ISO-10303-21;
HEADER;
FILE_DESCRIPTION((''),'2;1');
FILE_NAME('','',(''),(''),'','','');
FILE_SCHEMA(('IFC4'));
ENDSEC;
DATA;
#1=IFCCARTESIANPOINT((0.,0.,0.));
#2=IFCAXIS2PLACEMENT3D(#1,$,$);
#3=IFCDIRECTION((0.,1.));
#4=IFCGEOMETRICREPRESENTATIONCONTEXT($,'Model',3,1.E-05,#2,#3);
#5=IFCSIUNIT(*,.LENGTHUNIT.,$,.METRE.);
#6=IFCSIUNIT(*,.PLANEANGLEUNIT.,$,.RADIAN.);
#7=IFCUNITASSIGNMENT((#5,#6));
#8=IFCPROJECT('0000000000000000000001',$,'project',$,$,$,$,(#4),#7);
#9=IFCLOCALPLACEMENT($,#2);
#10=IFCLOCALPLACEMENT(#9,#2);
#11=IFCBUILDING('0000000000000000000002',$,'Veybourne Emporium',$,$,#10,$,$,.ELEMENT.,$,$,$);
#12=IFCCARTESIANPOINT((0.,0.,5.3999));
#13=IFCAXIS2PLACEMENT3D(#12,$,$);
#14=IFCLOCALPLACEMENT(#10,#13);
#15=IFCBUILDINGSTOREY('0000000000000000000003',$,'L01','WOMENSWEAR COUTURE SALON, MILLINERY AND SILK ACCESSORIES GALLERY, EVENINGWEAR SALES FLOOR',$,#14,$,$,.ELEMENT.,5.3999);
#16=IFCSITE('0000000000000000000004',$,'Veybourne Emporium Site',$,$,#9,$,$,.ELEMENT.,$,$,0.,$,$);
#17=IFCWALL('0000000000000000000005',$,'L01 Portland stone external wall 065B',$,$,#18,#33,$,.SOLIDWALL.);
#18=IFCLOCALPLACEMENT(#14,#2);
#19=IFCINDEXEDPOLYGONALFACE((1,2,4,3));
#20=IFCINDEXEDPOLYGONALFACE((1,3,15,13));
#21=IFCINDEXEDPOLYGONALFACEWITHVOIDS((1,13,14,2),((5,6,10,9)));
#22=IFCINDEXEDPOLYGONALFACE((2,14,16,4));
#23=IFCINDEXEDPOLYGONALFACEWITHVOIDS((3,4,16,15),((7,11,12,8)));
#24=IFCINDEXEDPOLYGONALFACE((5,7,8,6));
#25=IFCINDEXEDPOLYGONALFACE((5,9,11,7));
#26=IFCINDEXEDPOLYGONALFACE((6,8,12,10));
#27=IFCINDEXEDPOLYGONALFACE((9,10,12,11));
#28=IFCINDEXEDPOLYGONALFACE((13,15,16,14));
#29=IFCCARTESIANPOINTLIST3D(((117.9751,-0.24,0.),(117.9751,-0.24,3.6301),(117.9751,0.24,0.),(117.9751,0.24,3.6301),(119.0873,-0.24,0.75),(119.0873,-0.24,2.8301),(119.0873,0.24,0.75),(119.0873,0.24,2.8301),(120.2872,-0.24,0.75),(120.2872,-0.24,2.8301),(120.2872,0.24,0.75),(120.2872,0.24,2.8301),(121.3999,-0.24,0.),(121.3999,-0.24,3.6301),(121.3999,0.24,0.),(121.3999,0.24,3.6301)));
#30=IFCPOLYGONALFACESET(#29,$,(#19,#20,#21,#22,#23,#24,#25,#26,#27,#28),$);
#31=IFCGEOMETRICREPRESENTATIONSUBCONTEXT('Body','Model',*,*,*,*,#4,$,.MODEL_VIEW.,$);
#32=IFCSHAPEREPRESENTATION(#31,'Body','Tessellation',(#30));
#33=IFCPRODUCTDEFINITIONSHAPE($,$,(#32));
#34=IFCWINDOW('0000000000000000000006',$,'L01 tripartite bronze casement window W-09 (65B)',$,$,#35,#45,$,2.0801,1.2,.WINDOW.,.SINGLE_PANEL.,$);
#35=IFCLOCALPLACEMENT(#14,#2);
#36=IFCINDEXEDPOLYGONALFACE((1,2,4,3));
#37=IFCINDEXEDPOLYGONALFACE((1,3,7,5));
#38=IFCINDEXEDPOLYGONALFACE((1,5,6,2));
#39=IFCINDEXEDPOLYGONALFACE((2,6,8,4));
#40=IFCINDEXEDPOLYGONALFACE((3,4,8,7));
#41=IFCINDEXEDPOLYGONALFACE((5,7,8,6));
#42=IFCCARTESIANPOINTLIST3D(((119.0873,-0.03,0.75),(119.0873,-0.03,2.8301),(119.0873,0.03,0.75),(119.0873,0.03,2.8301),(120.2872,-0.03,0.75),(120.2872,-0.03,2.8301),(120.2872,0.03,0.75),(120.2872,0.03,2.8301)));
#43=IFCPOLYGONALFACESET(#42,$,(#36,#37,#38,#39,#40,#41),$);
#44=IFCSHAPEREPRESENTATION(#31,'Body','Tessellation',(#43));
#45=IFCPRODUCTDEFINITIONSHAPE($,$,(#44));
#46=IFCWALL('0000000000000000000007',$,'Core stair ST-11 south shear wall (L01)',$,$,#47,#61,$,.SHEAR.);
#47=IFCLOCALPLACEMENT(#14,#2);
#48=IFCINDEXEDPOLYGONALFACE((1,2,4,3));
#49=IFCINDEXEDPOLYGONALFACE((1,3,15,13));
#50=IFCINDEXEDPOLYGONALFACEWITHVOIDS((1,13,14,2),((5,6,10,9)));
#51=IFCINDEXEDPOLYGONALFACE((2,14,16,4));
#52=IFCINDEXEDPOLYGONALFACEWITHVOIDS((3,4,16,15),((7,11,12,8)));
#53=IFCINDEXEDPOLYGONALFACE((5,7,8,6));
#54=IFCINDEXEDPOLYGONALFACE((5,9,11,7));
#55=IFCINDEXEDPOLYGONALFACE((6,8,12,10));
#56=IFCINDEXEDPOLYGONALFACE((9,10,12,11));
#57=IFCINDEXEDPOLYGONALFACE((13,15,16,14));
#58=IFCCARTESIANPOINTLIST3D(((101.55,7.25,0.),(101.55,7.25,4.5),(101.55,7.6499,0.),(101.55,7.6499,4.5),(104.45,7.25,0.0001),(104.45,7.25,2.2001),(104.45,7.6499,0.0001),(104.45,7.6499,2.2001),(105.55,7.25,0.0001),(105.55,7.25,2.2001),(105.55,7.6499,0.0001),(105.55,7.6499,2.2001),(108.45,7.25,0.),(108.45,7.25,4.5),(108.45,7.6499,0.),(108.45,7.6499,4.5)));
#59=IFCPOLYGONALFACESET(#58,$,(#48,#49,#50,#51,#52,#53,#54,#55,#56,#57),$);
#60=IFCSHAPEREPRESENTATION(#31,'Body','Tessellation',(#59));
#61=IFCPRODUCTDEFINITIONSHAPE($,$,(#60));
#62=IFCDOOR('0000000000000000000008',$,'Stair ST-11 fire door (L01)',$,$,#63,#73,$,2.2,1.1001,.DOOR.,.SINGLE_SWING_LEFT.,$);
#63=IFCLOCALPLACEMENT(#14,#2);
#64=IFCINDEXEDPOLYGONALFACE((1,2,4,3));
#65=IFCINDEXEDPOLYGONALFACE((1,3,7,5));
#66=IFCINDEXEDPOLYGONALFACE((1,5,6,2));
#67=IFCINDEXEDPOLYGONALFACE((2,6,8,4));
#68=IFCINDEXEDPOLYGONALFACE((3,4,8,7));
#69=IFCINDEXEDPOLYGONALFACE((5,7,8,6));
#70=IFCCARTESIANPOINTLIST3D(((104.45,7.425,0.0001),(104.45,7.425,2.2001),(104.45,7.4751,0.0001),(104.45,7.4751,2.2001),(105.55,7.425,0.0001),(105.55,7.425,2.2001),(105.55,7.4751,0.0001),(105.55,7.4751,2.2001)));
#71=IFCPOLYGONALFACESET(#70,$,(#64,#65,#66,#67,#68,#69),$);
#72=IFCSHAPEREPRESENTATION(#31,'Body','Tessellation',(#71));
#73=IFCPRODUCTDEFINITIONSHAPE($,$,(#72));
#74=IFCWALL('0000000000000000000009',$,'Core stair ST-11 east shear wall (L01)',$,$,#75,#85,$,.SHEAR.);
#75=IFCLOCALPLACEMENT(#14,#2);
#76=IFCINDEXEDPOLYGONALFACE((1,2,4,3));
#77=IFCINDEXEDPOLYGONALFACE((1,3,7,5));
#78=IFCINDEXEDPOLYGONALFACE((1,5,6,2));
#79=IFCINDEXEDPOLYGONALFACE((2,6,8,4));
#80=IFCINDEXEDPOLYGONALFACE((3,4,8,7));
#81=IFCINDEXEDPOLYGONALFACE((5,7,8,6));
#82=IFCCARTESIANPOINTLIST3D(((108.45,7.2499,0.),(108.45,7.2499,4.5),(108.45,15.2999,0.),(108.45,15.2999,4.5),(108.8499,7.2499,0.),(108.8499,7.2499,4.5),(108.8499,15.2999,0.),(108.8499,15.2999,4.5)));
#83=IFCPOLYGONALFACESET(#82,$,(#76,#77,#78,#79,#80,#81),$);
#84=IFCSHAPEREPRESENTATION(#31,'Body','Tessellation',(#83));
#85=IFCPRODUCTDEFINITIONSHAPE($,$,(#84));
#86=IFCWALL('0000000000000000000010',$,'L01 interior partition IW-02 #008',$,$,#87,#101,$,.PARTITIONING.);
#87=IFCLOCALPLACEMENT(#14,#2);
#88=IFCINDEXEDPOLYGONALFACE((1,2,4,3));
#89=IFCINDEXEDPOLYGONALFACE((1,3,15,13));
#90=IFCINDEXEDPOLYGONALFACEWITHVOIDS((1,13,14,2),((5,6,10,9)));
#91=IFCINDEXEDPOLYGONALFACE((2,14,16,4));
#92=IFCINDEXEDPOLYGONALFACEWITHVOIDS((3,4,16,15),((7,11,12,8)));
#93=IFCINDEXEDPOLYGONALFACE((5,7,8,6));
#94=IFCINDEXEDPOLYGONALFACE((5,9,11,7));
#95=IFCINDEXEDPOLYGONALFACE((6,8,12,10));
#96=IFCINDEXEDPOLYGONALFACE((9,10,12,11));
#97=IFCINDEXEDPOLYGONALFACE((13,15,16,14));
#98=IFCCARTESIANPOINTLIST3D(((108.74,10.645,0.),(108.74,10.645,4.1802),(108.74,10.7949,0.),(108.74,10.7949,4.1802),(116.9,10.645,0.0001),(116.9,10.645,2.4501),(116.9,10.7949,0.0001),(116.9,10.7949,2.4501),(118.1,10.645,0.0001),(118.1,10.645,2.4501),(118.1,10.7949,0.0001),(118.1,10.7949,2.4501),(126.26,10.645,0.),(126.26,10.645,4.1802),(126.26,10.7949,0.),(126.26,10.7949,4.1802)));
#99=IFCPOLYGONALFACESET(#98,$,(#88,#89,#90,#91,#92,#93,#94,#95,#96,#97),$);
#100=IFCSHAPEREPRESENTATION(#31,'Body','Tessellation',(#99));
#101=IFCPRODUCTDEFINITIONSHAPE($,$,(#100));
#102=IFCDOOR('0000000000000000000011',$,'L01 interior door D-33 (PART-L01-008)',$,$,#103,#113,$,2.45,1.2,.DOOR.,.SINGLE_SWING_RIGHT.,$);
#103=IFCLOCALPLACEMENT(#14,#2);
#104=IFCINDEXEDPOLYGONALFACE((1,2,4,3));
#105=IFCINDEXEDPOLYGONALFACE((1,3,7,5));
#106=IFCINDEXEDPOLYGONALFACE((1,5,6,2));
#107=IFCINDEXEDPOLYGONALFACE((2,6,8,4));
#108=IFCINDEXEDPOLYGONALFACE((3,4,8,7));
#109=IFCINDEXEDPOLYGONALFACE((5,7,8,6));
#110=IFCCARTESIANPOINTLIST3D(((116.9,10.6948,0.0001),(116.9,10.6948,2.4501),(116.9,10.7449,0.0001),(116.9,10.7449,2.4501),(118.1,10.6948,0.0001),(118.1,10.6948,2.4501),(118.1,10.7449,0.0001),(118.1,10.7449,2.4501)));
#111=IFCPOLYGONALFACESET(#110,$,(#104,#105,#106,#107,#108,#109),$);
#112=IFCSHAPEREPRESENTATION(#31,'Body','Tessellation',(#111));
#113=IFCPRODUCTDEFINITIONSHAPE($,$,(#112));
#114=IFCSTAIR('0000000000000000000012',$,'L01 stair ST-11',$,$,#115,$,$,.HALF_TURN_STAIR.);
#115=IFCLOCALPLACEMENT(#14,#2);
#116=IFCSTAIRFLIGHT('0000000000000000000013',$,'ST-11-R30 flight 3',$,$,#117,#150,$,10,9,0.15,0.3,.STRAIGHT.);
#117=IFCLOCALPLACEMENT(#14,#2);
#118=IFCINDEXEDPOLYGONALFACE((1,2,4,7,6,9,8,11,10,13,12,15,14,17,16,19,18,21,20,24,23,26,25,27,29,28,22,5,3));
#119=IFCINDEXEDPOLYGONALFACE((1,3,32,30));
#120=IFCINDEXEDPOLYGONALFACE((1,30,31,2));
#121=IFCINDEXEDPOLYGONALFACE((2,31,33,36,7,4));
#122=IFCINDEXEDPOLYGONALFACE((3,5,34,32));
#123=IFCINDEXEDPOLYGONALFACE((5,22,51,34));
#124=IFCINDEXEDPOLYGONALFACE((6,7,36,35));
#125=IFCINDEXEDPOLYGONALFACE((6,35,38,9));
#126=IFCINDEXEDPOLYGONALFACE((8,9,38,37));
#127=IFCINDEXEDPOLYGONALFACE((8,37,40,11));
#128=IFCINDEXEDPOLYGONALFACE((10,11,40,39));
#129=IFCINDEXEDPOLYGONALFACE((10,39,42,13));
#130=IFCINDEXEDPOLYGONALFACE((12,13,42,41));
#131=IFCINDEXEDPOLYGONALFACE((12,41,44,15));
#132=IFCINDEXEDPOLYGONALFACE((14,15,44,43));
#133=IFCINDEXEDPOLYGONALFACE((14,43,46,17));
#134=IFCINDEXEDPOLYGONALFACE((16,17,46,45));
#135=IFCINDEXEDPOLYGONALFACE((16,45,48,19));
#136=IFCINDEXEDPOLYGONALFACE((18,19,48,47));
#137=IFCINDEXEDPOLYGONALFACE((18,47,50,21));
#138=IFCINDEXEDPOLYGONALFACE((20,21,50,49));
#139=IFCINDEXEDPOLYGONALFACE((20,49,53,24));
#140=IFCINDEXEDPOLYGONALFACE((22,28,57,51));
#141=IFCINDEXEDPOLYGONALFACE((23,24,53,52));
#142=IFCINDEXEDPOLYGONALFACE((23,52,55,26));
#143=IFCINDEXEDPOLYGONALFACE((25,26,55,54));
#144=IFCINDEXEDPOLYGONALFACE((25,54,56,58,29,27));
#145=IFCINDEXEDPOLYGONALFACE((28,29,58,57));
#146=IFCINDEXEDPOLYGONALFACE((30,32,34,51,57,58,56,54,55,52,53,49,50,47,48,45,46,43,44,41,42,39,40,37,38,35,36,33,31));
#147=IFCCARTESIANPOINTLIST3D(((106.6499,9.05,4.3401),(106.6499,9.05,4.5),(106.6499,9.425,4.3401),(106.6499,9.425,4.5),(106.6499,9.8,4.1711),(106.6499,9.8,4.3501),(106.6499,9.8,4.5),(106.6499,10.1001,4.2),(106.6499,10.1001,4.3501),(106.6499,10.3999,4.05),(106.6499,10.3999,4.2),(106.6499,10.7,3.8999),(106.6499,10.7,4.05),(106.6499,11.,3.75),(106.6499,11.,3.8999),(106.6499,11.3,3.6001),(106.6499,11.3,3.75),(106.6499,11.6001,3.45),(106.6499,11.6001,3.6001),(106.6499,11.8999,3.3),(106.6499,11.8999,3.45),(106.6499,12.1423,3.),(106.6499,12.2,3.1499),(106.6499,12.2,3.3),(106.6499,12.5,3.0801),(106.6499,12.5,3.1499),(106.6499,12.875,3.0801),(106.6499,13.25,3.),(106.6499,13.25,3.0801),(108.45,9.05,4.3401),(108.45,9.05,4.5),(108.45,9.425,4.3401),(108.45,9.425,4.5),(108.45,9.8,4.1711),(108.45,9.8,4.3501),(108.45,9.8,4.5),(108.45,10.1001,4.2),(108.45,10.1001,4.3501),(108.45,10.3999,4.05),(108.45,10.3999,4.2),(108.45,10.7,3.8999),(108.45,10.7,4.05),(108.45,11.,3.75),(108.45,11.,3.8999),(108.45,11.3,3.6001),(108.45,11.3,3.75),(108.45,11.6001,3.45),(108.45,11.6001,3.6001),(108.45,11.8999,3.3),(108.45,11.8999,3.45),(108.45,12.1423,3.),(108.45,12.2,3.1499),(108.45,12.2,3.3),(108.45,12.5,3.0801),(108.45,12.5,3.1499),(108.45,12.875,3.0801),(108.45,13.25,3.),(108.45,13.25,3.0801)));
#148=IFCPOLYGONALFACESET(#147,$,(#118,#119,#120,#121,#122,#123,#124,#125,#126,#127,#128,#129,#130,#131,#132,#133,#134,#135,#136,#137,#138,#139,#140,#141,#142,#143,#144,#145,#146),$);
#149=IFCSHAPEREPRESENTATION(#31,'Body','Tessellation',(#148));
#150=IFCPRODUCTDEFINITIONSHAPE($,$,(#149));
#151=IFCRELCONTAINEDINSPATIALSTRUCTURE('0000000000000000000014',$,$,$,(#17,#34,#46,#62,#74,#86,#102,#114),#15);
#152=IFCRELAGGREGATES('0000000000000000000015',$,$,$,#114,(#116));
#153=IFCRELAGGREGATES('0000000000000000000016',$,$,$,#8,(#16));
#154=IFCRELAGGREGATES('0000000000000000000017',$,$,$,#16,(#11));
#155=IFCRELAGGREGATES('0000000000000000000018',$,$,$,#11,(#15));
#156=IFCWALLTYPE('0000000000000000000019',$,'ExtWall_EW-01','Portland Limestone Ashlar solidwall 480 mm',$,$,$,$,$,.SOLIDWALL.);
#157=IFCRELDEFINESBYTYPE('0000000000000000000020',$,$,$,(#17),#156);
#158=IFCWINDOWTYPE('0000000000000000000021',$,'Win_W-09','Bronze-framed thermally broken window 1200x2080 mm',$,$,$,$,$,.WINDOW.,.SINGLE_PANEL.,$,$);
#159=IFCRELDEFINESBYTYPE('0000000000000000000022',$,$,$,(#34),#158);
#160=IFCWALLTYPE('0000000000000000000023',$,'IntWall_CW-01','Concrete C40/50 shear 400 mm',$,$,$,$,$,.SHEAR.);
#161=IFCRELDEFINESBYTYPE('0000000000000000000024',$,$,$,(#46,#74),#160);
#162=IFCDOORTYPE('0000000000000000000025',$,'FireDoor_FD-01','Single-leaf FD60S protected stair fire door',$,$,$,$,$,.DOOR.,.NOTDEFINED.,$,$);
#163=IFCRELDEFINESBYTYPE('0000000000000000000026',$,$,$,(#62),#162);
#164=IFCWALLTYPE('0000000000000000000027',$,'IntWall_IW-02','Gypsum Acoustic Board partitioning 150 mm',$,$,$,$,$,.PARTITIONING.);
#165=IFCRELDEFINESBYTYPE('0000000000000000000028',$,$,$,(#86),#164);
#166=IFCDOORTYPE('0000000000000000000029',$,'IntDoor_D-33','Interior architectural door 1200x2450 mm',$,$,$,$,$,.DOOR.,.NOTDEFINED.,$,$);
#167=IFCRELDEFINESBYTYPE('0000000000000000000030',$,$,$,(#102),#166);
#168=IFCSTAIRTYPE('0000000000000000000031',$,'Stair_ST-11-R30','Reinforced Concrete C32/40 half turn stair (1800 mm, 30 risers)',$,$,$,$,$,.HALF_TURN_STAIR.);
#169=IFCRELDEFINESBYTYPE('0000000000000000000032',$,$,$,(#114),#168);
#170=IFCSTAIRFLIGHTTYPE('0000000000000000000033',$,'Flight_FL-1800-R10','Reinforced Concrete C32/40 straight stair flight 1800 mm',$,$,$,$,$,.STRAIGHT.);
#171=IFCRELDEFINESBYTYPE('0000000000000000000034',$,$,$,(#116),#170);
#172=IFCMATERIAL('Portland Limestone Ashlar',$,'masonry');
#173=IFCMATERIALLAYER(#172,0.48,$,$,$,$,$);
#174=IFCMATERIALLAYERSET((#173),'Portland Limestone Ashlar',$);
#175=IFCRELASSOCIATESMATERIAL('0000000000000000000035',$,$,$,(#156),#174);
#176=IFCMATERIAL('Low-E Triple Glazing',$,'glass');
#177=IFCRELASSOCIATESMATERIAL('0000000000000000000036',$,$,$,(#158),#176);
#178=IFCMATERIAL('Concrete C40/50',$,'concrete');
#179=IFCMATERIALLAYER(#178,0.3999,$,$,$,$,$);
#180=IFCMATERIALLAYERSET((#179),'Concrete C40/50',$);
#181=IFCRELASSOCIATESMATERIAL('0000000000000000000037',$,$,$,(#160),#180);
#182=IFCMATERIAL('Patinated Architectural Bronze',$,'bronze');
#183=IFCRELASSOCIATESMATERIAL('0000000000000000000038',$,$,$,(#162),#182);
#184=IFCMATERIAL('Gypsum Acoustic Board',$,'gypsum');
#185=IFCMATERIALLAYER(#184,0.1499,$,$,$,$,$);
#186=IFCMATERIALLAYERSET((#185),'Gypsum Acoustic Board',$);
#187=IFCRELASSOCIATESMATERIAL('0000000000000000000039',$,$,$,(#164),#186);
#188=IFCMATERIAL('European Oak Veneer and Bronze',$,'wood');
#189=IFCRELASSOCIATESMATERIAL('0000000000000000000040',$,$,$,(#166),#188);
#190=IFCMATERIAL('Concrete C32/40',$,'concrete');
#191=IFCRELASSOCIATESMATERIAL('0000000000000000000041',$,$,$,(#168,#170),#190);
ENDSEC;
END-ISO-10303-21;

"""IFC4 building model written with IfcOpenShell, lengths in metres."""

from ifc_helpers import new_model, si_unit, direction, frame, frame_2d, origin, place, context, subcontext, project, spatial, polyline, rectangle, outline, extrude, material, layer, layer_set, type_object, element, fill, aggregate, save


model = new_model("IFC4")

# Units and contexts
model_context = context("Model", 3, precision=1e-05, world=origin(), true_north=direction((0.0, 1.0)))
body_context = subcontext(model_context, "Body", "Model", "MODEL_VIEW")
ifc_project = project(units=[si_unit("LENGTHUNIT", "METRE"), si_unit("PLANEANGLEUNIT", "RADIAN")], contexts=[model_context])

# Site, building, storey
site_placement = place(None, origin())
site = spatial("IfcSite", under=ifc_project, at=site_placement, Name="Veybourne Emporium Site", CompositionType="ELEMENT", RefElevation=0.0)
building_placement = place(site_placement, origin())
building = spatial("IfcBuilding", under=site, at=building_placement, Name="Veybourne Emporium", CompositionType="ELEMENT")
storey_placement = place(building_placement, frame((0.0, 0.0, 5.3999)))
storey = spatial("IfcBuildingStorey", under=building, at=storey_placement, Name="L01", Description="WOMENSWEAR COUTURE SALON, MILLINERY AND SILK ACCESSORIES GALLERY, EVENINGWEAR SALES FLOOR", CompositionType="ELEMENT", Elevation=5.3999)

# Shared definitions
ifc_material_1 = material(Name="Concrete C40/50", Category="concrete")

# Shared definitions
ifc_material_2 = material(Name="Concrete C32/40", Category="concrete")

# Wall, opening, window
ifc_material_3 = material(Name="Portland Limestone Ashlar", Category="masonry")
ifc_layer_1 = layer(ifc_material_3, 0.48)
ifc_layer_set_1 = layer_set([ifc_layer_1], Name="Portland Limestone Ashlar")
wall_type_1 = type_object("IfcWallType", Name="ExtWall_EW-01", Description="Portland Limestone Ashlar solidwall 480 mm", PredefinedType="SOLIDWALL", material=ifc_layer_set_1)
ifc_material_4 = material(Name="Low-E Triple Glazing", Category="glass")
wall_1_placement = place(storey_placement, frame((121.3999, 0.0, 0.0), z_axis=(0.0, 0.0, 1.0), x_axis=(-1.0, 0.0, 0.0)))
wall_1 = element("IfcWall", 1, at=wall_1_placement, inside=storey, type_object=wall_type_1, Name="L01 Portland stone external wall 065B", PredefinedType="SOLIDWALL", context=body_context, shape_type="SweptSolid", body=[
    extrude(rectangle(XDim=3.4248, YDim=0.48, at=frame_2d((1.7124, 0.0))), origin(), (0.0, 0.0, 1.0), 3.6301),
])
opening_1_placement = place(wall_1_placement, frame((1.1125, 0.0, 0.75)))
opening_1 = element("IfcOpeningElement", 2, at=opening_1_placement, cuts=wall_1, PredefinedType="OPENING", context=body_context, shape_type="SweptSolid", body=[
    extrude(rectangle(XDim=1.2, YDim=2.0801, at=frame_2d((0.6001, 1.04))), frame((0.0, 0.26, 0.0), z_axis=(0.0, -1.0, 0.0), x_axis=(1.0, 0.0, 0.0)), (0.0, 0.0, 1.0), 0.52),
])
window_type_1 = type_object("IfcWindowType", Name="Win_W-09", Description="Bronze-framed thermally broken window 1200x2080 mm", PartitioningType="SINGLE_PANEL", PredefinedType="WINDOW", material=ifc_material_4)
window_1_placement = place(opening_1_placement, origin())
window_1 = element("IfcWindow", 3, at=window_1_placement, inside=storey, type_object=window_type_1, Name="L01 tripartite bronze casement window W-09 (65B)", OverallHeight=2.0801, OverallWidth=1.2, PartitioningType="SINGLE_PANEL", PredefinedType="WINDOW", context=body_context, shape_type="SweptSolid", body=[
    extrude(rectangle(XDim=1.2, YDim=2.0801, at=frame_2d((0.6001, 1.04))), frame((0.0, 0.03, 0.0), z_axis=(0.0, -1.0, 0.0), x_axis=(1.0, 0.0, 0.0)), (0.0, 0.0, 1.0), 0.0601),
])
fill(opening_1, window_1)

# Wall, opening, door
ifc_layer_2 = layer(ifc_material_1, 0.3999)
ifc_layer_set_2 = layer_set([ifc_layer_2], Name="Concrete C40/50")
wall_type_2 = type_object("IfcWallType", Name="IntWall_CW-01", Description="Concrete C40/50 shear 400 mm", PredefinedType="SHEAR", material=ifc_layer_set_2)
wall_2_placement = place(storey_placement, frame((108.45, 7.45, 0.0), z_axis=(0.0, 0.0, 1.0), x_axis=(-1.0, 0.0, 0.0)))
wall_2 = element("IfcWall", 4, at=wall_2_placement, inside=storey, type_object=wall_type_2, Name="Core stair ST-11 south shear wall (L01)", PredefinedType="SHEAR", context=body_context, shape_type="SweptSolid", body=[
    extrude(rectangle(XDim=6.8999, YDim=0.3999, at=frame_2d((3.45, 0.0))), origin(), (0.0, 0.0, 1.0), 4.5),
])
opening_2_placement = place(wall_2_placement, frame((2.8999, 0.0, 0.0)))
opening_2 = element("IfcOpeningElement", 5, at=opening_2_placement, cuts=wall_2, PredefinedType="OPENING", context=body_context, shape_type="SweptSolid", body=[
    extrude(rectangle(XDim=1.1001, YDim=2.2, at=frame_2d((0.55, 1.1001))), frame((0.0, 0.22, 0.0), z_axis=(0.0, -1.0, 0.0), x_axis=(1.0, 0.0, 0.0)), (0.0, 0.0, 1.0), 0.4399),
])
ifc_material_5 = material(Name="Patinated Architectural Bronze", Category="bronze")
door_type_1 = type_object("IfcDoorType", Name="FireDoor_FD-01", Description="Single-leaf FD60S protected stair fire door", OperationType="NOTDEFINED", PredefinedType="DOOR", material=ifc_material_5)
door_1_placement = place(opening_2_placement, origin())
door_1 = element("IfcDoor", 6, at=door_1_placement, inside=storey, type_object=door_type_1, Name="Stair ST-11 fire door (L01)", OperationType="SINGLE_SWING_LEFT", OverallHeight=2.2, OverallWidth=1.1001, PredefinedType="DOOR", context=body_context, shape_type="SweptSolid", body=[
    extrude(rectangle(XDim=1.1001, YDim=2.2, at=frame_2d((0.55, 1.1001))), frame((0.0, 0.0249, 0.0), z_axis=(0.0, -1.0, 0.0), x_axis=(1.0, 0.0, 0.0)), (0.0, 0.0, 1.0), 0.05),
])
fill(opening_2, door_1)

# Wall
wall_3_placement = place(storey_placement, frame((108.6499, 7.25, 0.0), z_axis=(0.0, 0.0, 1.0), x_axis=(0.0, 1.0, 0.0)))
element("IfcWall", 7, at=wall_3_placement, inside=storey, type_object=wall_type_2, Name="Core stair ST-11 east shear wall (L01)", PredefinedType="SHEAR", context=body_context, shape_type="SweptSolid", body=[
    extrude(rectangle(XDim=8.05, YDim=0.3999, at=frame_2d((4.0249, 0.0))), origin(), (0.0, 0.0, 1.0), 4.5),
])

# Wall, opening, door
ifc_material_6 = material(Name="Gypsum Acoustic Board", Category="gypsum")
ifc_layer_3 = layer(ifc_material_6, 0.1499)
ifc_layer_set_3 = layer_set([ifc_layer_3], Name="Gypsum Acoustic Board")
wall_type_3 = type_object("IfcWallType", Name="IntWall_IW-02", Description="Gypsum Acoustic Board partitioning 150 mm", PredefinedType="PARTITIONING", material=ifc_layer_set_3)
wall_4_placement = place(storey_placement, frame((108.74, 10.72, 0.0), z_axis=(0.0, 0.0, 1.0), x_axis=(1.0, 0.0, 0.0)))
wall_4 = element("IfcWall", 8, at=wall_4_placement, inside=storey, type_object=wall_type_3, Name="L01 interior partition IW-02 #008", PredefinedType="PARTITIONING", context=body_context, shape_type="SweptSolid", body=[
    extrude(rectangle(XDim=17.52, YDim=0.1499, at=frame_2d((8.76, 0.0))), origin(), (0.0, 0.0, 1.0), 4.1802),
])
opening_3_placement = place(wall_4_placement, frame((8.1599, 0.0, 0.0)))
opening_3 = element("IfcOpeningElement", 9, at=opening_3_placement, cuts=wall_4, PredefinedType="OPENING", context=body_context, shape_type="SweptSolid", body=[
    extrude(rectangle(XDim=1.2, YDim=2.45, at=frame_2d((0.6001, 1.2251))), frame((0.0, 0.095, 0.0), z_axis=(0.0, -1.0, 0.0), x_axis=(1.0, 0.0, 0.0)), (0.0, 0.0, 1.0), 0.1899),
])
ifc_material_7 = material(Name="European Oak Veneer and Bronze", Category="wood")
door_type_2 = type_object("IfcDoorType", Name="IntDoor_D-33", Description="Interior architectural door 1200x2450 mm", OperationType="NOTDEFINED", PredefinedType="DOOR", material=ifc_material_7)
door_2_placement = place(opening_3_placement, origin())
door_2 = element("IfcDoor", 10, at=door_2_placement, inside=storey, type_object=door_type_2, Name="L01 interior door D-33 (PART-L01-008)", OperationType="SINGLE_SWING_RIGHT", OverallHeight=2.45, OverallWidth=1.2, PredefinedType="DOOR", context=body_context, shape_type="SweptSolid", body=[
    extrude(rectangle(XDim=1.2, YDim=2.45, at=frame_2d((0.6001, 1.2251))), frame((0.0, 0.0249, 0.0), z_axis=(0.0, -1.0, 0.0), x_axis=(1.0, 0.0, 0.0)), (0.0, 0.0, 1.0), 0.05),
])
fill(opening_3, door_2)

# Stair, stair flight
stair_type = type_object("IfcStairType", Name="Stair_ST-11-R30", Description="Reinforced Concrete C32/40 half turn stair (1800 mm, 30 risers)", PredefinedType="HALF_TURN_STAIR", material=ifc_material_2)
stair_placement = place(storey_placement, origin())
stair = element("IfcStair", 11, at=stair_placement, inside=storey, type_object=stair_type, Name="L01 stair ST-11", PredefinedType="HALF_TURN_STAIR")
stair_flight_type = type_object("IfcStairFlightType", Name="Flight_FL-1800-R10", Description="Reinforced Concrete C32/40 straight stair flight 1800 mm", PredefinedType="STRAIGHT", material=ifc_material_2)
stair_flight_placement = place(storey_placement, frame((107.55, 12.5, 3.0), z_axis=(0.0, 0.0, 1.0), x_axis=(0.0, -1.0, 0.0)))
stair_flight = element("IfcStairFlight", 12, at=stair_flight_placement, type_object=stair_flight_type, Name="ST-11-R30 flight 3", NumberOfRisers=10, NumberOfTreads=9, PredefinedType="STRAIGHT", RiserHeight=0.15, TreadLength=0.3, context=body_context, shape_type="SweptSolid", body=[
    extrude(outline(polyline([(-0.75, 0.0), (-0.75, 0.0801), (-0.375, 0.0801), (0.0, 0.0801), (0.0, 0.1499), (0.3, 0.1499), (0.3, 0.3), (0.6001, 0.3), (0.6001, 0.45), (0.8999, 0.45), (0.8999, 0.6001), (1.2, 0.6001), (1.2, 0.75), (1.5, 0.75), (1.5, 0.8999), (1.8, 0.8999), (1.8, 1.05), (2.1001, 1.05), (2.1001, 1.2), (2.3999, 1.2), (2.3999, 1.3501), (2.7, 1.3501), (2.7, 1.5), (3.075, 1.5), (3.45, 1.5), (3.45, 1.3401), (3.075, 1.3401), (2.7, 1.1711), (0.3577, 0.0), (-0.75, 0.0)])), frame((0.0, 0.8999, 0.0), z_axis=(0.0, -1.0, 0.0), x_axis=(1.0, 0.0, 0.0)), (0.0, 0.0, 1.0), 1.8),
])
aggregate(stair, [stair_flight])

save(model, "model.ifc")
